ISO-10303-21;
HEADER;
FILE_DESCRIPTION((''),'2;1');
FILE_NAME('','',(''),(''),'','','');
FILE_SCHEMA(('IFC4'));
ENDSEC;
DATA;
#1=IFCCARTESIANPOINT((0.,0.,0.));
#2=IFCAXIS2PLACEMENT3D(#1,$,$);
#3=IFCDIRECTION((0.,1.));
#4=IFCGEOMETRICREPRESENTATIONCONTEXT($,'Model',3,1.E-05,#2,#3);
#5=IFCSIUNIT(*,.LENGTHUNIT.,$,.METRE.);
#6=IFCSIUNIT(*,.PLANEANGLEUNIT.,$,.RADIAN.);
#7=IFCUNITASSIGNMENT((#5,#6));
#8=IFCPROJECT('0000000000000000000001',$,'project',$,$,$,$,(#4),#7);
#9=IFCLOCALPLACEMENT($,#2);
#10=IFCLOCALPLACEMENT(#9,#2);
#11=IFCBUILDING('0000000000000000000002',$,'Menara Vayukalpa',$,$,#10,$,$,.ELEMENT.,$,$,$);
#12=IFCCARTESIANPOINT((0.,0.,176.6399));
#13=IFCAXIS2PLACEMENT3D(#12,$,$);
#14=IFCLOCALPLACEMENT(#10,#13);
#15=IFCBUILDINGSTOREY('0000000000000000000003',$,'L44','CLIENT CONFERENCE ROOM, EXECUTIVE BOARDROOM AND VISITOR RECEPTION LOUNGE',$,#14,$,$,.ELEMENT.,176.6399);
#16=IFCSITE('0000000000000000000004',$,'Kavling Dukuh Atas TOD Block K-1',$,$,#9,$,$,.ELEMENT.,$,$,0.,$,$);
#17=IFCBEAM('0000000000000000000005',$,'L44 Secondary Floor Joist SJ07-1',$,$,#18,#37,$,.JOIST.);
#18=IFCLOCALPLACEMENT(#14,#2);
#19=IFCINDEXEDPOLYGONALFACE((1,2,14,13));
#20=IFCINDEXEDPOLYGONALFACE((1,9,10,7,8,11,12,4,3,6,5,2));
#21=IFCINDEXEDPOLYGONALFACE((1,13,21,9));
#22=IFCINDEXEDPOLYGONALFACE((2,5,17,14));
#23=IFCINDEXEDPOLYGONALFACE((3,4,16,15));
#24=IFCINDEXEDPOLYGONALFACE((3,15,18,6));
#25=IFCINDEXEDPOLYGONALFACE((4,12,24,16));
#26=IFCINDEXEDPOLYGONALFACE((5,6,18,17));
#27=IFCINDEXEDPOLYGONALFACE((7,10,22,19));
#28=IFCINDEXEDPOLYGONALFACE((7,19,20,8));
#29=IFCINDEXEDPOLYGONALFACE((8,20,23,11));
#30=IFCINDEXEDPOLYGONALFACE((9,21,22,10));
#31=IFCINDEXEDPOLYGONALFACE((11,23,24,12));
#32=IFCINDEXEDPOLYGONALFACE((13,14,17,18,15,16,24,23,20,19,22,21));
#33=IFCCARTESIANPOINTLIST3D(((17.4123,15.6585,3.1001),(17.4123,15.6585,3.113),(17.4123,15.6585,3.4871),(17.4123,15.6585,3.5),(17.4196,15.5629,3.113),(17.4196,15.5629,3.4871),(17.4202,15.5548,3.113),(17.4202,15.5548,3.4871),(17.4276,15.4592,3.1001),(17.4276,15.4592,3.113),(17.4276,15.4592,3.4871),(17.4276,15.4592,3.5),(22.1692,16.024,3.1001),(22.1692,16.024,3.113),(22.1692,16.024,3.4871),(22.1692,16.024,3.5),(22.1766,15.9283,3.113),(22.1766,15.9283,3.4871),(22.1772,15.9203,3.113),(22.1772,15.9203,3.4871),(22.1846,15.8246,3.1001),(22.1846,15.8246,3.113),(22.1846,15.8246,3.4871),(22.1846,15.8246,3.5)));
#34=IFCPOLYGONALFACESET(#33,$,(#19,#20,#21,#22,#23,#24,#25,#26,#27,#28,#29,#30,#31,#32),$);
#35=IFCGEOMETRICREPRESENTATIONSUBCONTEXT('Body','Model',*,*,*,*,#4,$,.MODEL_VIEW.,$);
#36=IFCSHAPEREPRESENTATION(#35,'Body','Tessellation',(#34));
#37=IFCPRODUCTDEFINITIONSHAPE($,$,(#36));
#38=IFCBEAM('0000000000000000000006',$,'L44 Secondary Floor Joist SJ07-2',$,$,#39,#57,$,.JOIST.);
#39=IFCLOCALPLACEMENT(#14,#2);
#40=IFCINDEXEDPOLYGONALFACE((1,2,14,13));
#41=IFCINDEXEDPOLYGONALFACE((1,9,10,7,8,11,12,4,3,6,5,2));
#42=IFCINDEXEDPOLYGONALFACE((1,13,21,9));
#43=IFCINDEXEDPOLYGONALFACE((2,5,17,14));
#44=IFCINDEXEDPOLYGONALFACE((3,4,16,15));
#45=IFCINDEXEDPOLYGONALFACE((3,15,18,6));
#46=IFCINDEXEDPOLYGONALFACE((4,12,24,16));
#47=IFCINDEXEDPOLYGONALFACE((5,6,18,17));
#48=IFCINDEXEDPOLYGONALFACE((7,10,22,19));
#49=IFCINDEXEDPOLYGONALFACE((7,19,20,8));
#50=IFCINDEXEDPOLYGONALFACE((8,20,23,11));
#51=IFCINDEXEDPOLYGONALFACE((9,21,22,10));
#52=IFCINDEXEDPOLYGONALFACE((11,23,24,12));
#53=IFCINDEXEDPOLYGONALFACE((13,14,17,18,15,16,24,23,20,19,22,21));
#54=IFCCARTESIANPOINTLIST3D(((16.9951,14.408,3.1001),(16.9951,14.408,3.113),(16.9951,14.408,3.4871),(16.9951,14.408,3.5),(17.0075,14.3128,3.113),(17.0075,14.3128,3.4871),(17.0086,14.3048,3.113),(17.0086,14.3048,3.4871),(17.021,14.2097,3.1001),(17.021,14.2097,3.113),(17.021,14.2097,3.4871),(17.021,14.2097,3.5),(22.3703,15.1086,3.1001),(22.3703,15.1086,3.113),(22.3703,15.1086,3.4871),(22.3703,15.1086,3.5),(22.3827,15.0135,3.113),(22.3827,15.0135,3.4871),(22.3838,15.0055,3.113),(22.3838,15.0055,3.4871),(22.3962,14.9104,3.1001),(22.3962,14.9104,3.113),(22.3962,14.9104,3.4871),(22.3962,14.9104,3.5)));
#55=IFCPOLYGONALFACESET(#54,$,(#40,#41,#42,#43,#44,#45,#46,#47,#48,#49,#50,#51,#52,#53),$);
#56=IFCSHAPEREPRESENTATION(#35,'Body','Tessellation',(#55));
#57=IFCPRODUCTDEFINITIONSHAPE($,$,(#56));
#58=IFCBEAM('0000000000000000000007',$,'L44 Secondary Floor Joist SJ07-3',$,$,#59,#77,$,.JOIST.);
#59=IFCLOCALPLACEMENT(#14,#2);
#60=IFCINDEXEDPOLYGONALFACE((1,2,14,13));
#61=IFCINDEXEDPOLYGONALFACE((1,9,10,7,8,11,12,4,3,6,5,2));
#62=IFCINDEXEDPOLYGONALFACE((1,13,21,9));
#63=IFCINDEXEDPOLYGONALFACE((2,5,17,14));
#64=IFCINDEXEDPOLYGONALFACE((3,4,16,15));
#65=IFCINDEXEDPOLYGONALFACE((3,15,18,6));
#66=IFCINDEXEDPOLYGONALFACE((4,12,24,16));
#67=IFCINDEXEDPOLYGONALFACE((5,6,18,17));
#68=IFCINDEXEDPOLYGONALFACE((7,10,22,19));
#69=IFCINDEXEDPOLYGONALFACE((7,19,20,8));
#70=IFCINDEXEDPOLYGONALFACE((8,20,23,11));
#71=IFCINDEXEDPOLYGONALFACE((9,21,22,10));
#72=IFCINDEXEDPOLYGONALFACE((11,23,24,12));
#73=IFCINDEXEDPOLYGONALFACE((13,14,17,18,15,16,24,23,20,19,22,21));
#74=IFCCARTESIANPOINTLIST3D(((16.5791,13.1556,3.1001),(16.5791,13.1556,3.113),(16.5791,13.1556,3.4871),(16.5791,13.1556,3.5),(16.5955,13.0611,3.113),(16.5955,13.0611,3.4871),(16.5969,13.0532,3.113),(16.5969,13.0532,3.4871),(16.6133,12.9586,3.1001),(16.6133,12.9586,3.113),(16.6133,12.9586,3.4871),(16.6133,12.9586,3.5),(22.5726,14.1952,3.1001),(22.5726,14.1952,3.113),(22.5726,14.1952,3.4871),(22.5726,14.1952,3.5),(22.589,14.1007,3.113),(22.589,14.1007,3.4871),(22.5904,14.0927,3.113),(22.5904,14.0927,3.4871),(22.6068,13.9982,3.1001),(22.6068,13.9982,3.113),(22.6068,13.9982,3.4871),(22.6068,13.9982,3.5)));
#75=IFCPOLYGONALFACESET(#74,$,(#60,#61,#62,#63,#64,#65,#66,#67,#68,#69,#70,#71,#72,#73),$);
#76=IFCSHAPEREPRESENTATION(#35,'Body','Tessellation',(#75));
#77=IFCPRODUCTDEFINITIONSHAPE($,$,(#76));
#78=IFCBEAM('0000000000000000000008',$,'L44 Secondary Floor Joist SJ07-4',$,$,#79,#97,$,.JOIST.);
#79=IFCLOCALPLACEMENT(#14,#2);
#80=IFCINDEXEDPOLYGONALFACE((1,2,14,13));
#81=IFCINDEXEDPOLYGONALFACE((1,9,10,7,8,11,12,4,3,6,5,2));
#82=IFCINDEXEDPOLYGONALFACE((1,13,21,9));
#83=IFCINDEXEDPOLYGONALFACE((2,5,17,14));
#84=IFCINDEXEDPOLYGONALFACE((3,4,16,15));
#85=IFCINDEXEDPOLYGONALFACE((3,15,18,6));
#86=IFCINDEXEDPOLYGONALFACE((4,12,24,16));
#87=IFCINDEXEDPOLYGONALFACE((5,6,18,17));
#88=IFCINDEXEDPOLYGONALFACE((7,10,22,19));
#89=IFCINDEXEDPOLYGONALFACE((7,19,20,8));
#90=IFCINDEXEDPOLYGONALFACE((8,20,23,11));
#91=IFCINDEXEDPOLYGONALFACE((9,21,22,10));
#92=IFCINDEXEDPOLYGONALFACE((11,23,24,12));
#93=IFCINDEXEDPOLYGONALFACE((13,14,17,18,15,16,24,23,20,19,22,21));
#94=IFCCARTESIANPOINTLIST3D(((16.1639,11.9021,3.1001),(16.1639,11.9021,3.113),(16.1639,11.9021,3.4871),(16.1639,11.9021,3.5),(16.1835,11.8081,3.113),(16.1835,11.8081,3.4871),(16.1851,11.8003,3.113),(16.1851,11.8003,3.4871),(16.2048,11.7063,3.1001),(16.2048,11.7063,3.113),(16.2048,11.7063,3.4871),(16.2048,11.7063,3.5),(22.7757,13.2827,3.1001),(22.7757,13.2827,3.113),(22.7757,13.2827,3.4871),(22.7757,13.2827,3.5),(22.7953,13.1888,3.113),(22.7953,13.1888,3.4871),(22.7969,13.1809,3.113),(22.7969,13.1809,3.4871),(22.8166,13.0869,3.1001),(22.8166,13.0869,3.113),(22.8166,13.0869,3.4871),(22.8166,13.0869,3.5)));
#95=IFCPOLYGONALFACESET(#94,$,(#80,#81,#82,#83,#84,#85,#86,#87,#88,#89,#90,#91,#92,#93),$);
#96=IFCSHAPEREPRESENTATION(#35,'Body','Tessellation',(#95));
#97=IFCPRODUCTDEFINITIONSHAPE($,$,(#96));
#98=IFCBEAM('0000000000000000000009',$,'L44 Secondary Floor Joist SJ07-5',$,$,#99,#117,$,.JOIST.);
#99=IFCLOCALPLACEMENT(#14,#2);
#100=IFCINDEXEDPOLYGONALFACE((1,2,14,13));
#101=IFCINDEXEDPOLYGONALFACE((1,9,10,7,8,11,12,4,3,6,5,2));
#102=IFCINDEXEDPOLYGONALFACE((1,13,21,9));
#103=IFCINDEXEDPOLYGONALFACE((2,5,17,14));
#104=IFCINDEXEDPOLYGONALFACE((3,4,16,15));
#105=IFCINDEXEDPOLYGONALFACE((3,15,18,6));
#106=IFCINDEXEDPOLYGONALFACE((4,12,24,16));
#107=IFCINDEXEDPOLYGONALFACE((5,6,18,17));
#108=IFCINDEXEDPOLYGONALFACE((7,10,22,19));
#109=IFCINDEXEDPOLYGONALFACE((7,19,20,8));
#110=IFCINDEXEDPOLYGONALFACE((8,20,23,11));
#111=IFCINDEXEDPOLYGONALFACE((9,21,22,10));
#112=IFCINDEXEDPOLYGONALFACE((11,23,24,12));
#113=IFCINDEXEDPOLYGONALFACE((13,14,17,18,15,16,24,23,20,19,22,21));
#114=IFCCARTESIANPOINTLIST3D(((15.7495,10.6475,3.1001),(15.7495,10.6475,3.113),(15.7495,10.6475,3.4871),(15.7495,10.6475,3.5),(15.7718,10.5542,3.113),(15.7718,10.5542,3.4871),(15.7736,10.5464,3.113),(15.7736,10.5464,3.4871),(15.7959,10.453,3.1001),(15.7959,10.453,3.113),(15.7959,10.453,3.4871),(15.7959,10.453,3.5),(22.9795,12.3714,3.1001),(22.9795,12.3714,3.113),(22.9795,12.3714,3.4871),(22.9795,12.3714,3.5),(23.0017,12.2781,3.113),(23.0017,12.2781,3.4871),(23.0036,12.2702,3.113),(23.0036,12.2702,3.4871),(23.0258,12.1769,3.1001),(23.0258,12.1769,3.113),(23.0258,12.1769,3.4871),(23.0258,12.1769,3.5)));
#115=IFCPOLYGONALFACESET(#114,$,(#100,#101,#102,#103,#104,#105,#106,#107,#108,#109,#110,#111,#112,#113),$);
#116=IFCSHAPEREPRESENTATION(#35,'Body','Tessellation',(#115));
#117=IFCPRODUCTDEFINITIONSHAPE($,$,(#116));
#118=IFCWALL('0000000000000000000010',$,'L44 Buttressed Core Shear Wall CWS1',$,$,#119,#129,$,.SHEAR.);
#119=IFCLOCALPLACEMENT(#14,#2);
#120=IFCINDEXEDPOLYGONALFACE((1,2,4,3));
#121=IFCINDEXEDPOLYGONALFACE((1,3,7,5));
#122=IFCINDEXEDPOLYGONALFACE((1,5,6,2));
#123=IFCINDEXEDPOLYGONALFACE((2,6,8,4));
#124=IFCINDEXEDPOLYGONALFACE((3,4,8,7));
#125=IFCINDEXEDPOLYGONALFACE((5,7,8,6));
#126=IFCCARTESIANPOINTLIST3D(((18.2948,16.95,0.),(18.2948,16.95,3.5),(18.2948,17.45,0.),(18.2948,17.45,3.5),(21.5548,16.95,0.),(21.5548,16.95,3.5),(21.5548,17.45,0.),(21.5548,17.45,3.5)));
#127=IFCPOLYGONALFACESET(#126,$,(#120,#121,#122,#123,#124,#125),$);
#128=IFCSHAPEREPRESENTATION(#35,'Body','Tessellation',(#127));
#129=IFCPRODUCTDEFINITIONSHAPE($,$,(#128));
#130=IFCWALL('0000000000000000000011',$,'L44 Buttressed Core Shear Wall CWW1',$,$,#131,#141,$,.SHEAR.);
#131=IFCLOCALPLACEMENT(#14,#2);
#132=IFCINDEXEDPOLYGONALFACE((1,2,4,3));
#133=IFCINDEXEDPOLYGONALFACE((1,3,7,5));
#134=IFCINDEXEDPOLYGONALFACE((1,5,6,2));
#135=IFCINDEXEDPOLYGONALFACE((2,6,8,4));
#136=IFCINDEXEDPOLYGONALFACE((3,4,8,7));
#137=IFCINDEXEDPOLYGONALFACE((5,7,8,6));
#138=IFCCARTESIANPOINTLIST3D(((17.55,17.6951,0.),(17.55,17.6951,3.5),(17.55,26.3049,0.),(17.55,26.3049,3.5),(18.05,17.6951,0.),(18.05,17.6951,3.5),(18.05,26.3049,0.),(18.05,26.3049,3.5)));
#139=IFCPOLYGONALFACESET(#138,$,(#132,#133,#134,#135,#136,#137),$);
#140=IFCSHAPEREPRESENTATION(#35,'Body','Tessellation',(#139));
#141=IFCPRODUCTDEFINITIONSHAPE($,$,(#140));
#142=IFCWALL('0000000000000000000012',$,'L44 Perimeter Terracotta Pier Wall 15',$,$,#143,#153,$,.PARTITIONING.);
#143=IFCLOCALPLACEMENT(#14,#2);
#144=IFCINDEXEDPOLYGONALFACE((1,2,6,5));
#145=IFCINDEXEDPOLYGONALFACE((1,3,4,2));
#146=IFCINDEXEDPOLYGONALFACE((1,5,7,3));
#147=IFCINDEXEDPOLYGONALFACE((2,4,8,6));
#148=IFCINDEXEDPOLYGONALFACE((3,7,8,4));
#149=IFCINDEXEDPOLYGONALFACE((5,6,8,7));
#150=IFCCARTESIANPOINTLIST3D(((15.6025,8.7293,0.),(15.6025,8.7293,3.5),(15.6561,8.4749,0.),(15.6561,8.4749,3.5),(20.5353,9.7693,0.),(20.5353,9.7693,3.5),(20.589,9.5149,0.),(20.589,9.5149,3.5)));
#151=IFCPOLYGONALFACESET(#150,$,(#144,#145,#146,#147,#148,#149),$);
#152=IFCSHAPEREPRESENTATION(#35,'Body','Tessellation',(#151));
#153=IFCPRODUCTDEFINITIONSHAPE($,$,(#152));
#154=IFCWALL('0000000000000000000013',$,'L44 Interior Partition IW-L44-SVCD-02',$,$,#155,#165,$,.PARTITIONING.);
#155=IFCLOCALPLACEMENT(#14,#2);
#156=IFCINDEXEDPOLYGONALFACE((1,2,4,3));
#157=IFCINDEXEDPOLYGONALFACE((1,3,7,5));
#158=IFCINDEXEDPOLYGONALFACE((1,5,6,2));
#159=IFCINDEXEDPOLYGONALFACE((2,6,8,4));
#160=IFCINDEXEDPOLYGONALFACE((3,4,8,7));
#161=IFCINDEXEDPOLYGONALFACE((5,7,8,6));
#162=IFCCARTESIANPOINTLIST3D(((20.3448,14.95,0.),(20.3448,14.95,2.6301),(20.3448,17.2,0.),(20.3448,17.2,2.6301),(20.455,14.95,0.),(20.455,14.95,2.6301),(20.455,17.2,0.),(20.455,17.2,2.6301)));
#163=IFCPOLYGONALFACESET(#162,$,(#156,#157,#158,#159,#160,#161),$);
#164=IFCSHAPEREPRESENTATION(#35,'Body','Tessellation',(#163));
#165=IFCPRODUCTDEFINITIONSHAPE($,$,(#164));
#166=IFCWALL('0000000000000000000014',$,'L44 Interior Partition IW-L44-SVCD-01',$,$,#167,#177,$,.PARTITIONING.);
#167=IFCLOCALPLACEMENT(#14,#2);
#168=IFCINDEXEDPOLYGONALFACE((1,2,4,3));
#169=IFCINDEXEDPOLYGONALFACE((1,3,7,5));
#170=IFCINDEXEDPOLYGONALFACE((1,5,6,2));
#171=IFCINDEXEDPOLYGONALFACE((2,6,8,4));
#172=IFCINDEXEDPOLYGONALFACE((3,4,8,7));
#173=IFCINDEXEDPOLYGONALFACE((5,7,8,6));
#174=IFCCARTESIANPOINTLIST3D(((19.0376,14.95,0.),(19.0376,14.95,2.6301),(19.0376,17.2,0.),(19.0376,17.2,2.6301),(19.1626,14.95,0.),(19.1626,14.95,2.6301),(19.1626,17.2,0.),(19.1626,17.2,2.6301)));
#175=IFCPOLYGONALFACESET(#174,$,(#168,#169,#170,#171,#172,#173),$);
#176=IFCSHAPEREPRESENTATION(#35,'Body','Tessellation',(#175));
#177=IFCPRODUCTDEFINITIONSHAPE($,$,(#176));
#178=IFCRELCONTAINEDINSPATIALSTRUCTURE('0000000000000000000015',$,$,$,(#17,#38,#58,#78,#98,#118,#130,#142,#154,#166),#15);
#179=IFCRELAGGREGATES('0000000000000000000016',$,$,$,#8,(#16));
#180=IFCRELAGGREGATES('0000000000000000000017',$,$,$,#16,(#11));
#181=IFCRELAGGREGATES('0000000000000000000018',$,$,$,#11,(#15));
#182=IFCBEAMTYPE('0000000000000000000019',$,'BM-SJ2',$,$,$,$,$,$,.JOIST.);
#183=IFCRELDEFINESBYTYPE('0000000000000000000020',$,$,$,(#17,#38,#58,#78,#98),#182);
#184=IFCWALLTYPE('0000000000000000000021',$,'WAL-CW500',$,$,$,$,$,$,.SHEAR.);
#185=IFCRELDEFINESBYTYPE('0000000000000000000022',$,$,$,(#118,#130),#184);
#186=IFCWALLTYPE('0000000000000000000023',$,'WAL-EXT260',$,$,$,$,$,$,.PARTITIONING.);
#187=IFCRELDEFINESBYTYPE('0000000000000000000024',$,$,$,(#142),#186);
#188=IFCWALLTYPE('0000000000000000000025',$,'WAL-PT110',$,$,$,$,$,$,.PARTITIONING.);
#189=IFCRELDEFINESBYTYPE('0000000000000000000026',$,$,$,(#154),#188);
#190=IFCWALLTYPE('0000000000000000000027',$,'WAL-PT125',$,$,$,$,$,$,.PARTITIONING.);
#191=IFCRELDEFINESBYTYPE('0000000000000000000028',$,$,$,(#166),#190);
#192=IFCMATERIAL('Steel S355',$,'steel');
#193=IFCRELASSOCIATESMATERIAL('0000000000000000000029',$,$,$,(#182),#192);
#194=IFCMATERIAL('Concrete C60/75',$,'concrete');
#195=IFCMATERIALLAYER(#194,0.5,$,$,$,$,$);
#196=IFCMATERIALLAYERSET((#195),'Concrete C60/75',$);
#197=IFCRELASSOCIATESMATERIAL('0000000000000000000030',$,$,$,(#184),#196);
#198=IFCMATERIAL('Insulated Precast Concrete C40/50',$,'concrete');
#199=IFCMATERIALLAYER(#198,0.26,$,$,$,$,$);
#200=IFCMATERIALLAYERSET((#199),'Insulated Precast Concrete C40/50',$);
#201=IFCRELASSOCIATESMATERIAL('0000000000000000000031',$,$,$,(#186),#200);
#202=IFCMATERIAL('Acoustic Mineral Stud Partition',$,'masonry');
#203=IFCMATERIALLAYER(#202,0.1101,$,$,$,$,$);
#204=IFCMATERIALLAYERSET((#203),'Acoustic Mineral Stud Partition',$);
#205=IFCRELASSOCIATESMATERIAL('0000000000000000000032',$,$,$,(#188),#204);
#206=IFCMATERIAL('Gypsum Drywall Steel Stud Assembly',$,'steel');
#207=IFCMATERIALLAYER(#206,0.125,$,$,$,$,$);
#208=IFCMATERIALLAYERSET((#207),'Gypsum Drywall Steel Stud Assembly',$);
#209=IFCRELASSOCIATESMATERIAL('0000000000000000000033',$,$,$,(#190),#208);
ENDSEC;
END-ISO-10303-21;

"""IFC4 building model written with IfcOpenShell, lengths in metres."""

from ifc_helpers import new_model, si_unit, direction, frame, frame_2d, origin, origin_2d, place, context, subcontext, project, spatial, rectangle, i_section, extrude, material, layer, layer_set, material_profile, profile_set, type_object, element, save


model = new_model("IFC4")

# Units and contexts
model_context = context("Model", 3, precision=1e-05, world=origin(), true_north=direction((0.0, 1.0)))
body_context = subcontext(model_context, "Body", "Model", "MODEL_VIEW")
ifc_project = project(units=[si_unit("LENGTHUNIT", "METRE"), si_unit("PLANEANGLEUNIT", "RADIAN")], contexts=[model_context])

# Site, building, storey
site_placement = place(None, origin())
site = spatial("IfcSite", under=ifc_project, at=site_placement, Name="Kavling Dukuh Atas TOD Block K-1", CompositionType="ELEMENT", RefElevation=0.0)
building_placement = place(site_placement, origin())
building = spatial("IfcBuilding", under=site, at=building_placement, Name="Menara Vayukalpa", CompositionType="ELEMENT")
storey_placement = place(building_placement, frame((0.0, 0.0, 176.6399)))
storey = spatial("IfcBuildingStorey", under=building, at=storey_placement, Name="L44", Description="CLIENT CONFERENCE ROOM, EXECUTIVE BOARDROOM AND VISITOR RECEPTION LOUNGE", CompositionType="ELEMENT", Elevation=176.6399)

# Beams
ifc_material_1 = material(Name="Steel S355", Category="steel")
ifc_material_profile_1 = material_profile(ifc_material_1, i_section(OverallWidth=0.2, OverallDepth=0.3999, WebThickness=0.0081, FlangeThickness=0.0129, at=origin_2d()), Name="WF 400x200x8x13")
ifc_profile_set_1 = profile_set([ifc_material_profile_1], Name="Steel S355")
beam_type_1 = type_object("IfcBeamType", Name="BM-SJ2", PredefinedType="JOIST", material=ifc_profile_set_1)
beam_1_placement = place(storey_placement, frame((17.4199, 15.5588, 3.3), z_axis=(0.997062, 0.076603, 0.0), x_axis=(-0.076603, 0.997062, 0.0)))
element("IfcBeam", 1, at=beam_1_placement, inside=storey, type_object=beam_type_1, Name="L44 Secondary Floor Joist SJ07-1", PredefinedType="JOIST", context=body_context, shape_type="SweptSolid", body=[
    extrude(i_section(OverallWidth=0.2, OverallDepth=0.3999, WebThickness=0.0081, FlangeThickness=0.0129, at=origin_2d()), origin(), (0.0, 0.0, 1.0), 4.771),
])
beam_2_placement = place(storey_placement, frame((17.0081, 14.3088, 3.3), z_axis=(0.991611, 0.12926, 0.0), x_axis=(-0.12926, 0.991611, 0.0)))
element("IfcBeam", 2, at=beam_2_placement, inside=storey, type_object=beam_type_1, Name="L44 Secondary Floor Joist SJ07-2", PredefinedType="JOIST", context=body_context, shape_type="SweptSolid", body=[
    extrude(i_section(OverallWidth=0.2, OverallDepth=0.3999, WebThickness=0.0081, FlangeThickness=0.0129, at=origin_2d()), origin(), (0.0, 0.0, 1.0), 5.4207),
])
beam_3_placement = place(storey_placement, frame((16.5962, 13.0571, 3.3), z_axis=(0.985289, 0.170897, 0.0), x_axis=(-0.170897, 0.985289, 0.0)))
element("IfcBeam", 3, at=beam_3_placement, inside=storey, type_object=beam_type_1, Name="L44 Secondary Floor Joist SJ07-3", PredefinedType="JOIST", context=body_context, shape_type="SweptSolid", body=[
    extrude(i_section(OverallWidth=0.2, OverallDepth=0.3999, WebThickness=0.0081, FlangeThickness=0.0129, at=origin_2d()), origin(), (0.0, 0.0, 1.0), 6.083),
])
beam_4_placement = place(storey_placement, frame((16.1843, 11.8042, 3.3), z_axis=(0.978887, 0.204402, 0.0), x_axis=(-0.204402, 0.978887, 0.0)))
element("IfcBeam", 4, at=beam_4_placement, inside=storey, type_object=beam_type_1, Name="L44 Secondary Floor Joist SJ07-4", PredefinedType="JOIST", context=body_context, shape_type="SweptSolid", body=[
    extrude(i_section(OverallWidth=0.2, OverallDepth=0.3999, WebThickness=0.0081, FlangeThickness=0.0129, at=origin_2d()), origin(), (0.0, 0.0, 1.0), 6.7544),
])
beam_5_placement = place(storey_placement, frame((15.7727, 10.5503, 3.3), z_axis=(0.972732, 0.231933, 0.0), x_axis=(-0.231933, 0.972732, 0.0)))
element("IfcBeam", 5, at=beam_5_placement, inside=storey, type_object=beam_type_1, Name="L44 Secondary Floor Joist SJ07-5", PredefinedType="JOIST", context=body_context, shape_type="SweptSolid", body=[
    extrude(i_section(OverallWidth=0.2, OverallDepth=0.3999, WebThickness=0.0081, FlangeThickness=0.0129, at=origin_2d()), origin(), (0.0, 0.0, 1.0), 7.4326),
])

# Walls
ifc_material_2 = material(Name="Concrete C60/75", Category="concrete")
ifc_layer_1 = layer(ifc_material_2, 0.5)
ifc_layer_set_1 = layer_set([ifc_layer_1], Name="Concrete C60/75")
wall_type_1 = type_object("IfcWallType", Name="WAL-CW500", PredefinedType="SHEAR", material=ifc_layer_set_1)
wall_1_placement = place(storey_placement, frame((18.2949, 17.2, 0.0), z_axis=(0.0, 0.0, 1.0), x_axis=(1.0, 0.0, 0.0)))
element("IfcWall", 6, at=wall_1_placement, inside=storey, type_object=wall_type_1, Name="L44 Buttressed Core Shear Wall CWS1", PredefinedType="SHEAR", context=body_context, shape_type="SweptSolid", body=[
    extrude(rectangle(XDim=3.26, YDim=0.5, at=frame_2d((1.6299, 0.0))), origin(), (0.0, 0.0, 1.0), 3.5),
])
wall_2_placement = place(storey_placement, frame((17.8, 17.6951, 0.0), z_axis=(0.0, 0.0, 1.0), x_axis=(0.0, 1.0, 0.0)))
element("IfcWall", 7, at=wall_2_placement, inside=storey, type_object=wall_type_1, Name="L44 Buttressed Core Shear Wall CWW1", PredefinedType="SHEAR", context=body_context, shape_type="SweptSolid", body=[
    extrude(rectangle(XDim=8.6099, YDim=0.5, at=frame_2d((4.3049, 0.0))), origin(), (0.0, 0.0, 1.0), 3.5),
])
ifc_material_3 = material(Name="Insulated Precast Concrete C40/50", Category="concrete")
ifc_layer_2 = layer(ifc_material_3, 0.26)
ifc_layer_set_2 = layer_set([ifc_layer_2], Name="Insulated Precast Concrete C40/50")
wall_type_2 = type_object("IfcWallType", Name="WAL-EXT260", PredefinedType="PARTITIONING", material=ifc_layer_set_2)
wall_3_placement = place(storey_placement, frame((20.562, 9.6421, 0.0), z_axis=(0.0, 0.0, 1.0), x_axis=(-0.978488, -0.206303, 0.0)))
element("IfcWall", 8, at=wall_3_placement, inside=storey, type_object=wall_type_2, Name="L44 Perimeter Terracotta Pier Wall 15", PredefinedType="PARTITIONING", context=body_context, shape_type="SweptSolid", body=[
    extrude(rectangle(XDim=5.0413, YDim=0.26, at=frame_2d((2.5205, 0.0))), origin(), (0.0, 0.0, 1.0), 3.5),
])
ifc_material_4 = material(Name="Acoustic Mineral Stud Partition", Category="masonry")
ifc_layer_3 = layer(ifc_material_4, 0.1101)
ifc_layer_set_3 = layer_set([ifc_layer_3], Name="Acoustic Mineral Stud Partition")
wall_type_3 = type_object("IfcWallType", Name="WAL-PT110", PredefinedType="PARTITIONING", material=ifc_layer_set_3)
wall_4_placement = place(storey_placement, frame((20.3999, 14.95, 0.0), z_axis=(0.0, 0.0, 1.0), x_axis=(0.0, 1.0, 0.0)))
element("IfcWall", 9, at=wall_4_placement, inside=storey, type_object=wall_type_3, Name="L44 Interior Partition IW-L44-SVCD-02", PredefinedType="PARTITIONING", context=body_context, shape_type="SweptSolid", body=[
    extrude(rectangle(XDim=2.25, YDim=0.1101, at=frame_2d((1.125, 0.0))), origin(), (0.0, 0.0, 1.0), 2.6301),
])
ifc_material_5 = material(Name="Gypsum Drywall Steel Stud Assembly", Category="steel")
ifc_layer_4 = layer(ifc_material_5, 0.125)
ifc_layer_set_4 = layer_set([ifc_layer_4], Name="Gypsum Drywall Steel Stud Assembly")
wall_type_4 = type_object("IfcWallType", Name="WAL-PT125", PredefinedType="PARTITIONING", material=ifc_layer_set_4)
wall_5_placement = place(storey_placement, frame((19.1001, 14.95, 0.0), z_axis=(0.0, 0.0, 1.0), x_axis=(0.0, 1.0, 0.0)))
element("IfcWall", 10, at=wall_5_placement, inside=storey, type_object=wall_type_4, Name="L44 Interior Partition IW-L44-SVCD-01", PredefinedType="PARTITIONING", context=body_context, shape_type="SweptSolid", body=[
    extrude(rectangle(XDim=2.25, YDim=0.125, at=frame_2d((1.125, 0.0))), origin(), (0.0, 0.0, 1.0), 2.6301),
])

save(model, "model.ifc")
